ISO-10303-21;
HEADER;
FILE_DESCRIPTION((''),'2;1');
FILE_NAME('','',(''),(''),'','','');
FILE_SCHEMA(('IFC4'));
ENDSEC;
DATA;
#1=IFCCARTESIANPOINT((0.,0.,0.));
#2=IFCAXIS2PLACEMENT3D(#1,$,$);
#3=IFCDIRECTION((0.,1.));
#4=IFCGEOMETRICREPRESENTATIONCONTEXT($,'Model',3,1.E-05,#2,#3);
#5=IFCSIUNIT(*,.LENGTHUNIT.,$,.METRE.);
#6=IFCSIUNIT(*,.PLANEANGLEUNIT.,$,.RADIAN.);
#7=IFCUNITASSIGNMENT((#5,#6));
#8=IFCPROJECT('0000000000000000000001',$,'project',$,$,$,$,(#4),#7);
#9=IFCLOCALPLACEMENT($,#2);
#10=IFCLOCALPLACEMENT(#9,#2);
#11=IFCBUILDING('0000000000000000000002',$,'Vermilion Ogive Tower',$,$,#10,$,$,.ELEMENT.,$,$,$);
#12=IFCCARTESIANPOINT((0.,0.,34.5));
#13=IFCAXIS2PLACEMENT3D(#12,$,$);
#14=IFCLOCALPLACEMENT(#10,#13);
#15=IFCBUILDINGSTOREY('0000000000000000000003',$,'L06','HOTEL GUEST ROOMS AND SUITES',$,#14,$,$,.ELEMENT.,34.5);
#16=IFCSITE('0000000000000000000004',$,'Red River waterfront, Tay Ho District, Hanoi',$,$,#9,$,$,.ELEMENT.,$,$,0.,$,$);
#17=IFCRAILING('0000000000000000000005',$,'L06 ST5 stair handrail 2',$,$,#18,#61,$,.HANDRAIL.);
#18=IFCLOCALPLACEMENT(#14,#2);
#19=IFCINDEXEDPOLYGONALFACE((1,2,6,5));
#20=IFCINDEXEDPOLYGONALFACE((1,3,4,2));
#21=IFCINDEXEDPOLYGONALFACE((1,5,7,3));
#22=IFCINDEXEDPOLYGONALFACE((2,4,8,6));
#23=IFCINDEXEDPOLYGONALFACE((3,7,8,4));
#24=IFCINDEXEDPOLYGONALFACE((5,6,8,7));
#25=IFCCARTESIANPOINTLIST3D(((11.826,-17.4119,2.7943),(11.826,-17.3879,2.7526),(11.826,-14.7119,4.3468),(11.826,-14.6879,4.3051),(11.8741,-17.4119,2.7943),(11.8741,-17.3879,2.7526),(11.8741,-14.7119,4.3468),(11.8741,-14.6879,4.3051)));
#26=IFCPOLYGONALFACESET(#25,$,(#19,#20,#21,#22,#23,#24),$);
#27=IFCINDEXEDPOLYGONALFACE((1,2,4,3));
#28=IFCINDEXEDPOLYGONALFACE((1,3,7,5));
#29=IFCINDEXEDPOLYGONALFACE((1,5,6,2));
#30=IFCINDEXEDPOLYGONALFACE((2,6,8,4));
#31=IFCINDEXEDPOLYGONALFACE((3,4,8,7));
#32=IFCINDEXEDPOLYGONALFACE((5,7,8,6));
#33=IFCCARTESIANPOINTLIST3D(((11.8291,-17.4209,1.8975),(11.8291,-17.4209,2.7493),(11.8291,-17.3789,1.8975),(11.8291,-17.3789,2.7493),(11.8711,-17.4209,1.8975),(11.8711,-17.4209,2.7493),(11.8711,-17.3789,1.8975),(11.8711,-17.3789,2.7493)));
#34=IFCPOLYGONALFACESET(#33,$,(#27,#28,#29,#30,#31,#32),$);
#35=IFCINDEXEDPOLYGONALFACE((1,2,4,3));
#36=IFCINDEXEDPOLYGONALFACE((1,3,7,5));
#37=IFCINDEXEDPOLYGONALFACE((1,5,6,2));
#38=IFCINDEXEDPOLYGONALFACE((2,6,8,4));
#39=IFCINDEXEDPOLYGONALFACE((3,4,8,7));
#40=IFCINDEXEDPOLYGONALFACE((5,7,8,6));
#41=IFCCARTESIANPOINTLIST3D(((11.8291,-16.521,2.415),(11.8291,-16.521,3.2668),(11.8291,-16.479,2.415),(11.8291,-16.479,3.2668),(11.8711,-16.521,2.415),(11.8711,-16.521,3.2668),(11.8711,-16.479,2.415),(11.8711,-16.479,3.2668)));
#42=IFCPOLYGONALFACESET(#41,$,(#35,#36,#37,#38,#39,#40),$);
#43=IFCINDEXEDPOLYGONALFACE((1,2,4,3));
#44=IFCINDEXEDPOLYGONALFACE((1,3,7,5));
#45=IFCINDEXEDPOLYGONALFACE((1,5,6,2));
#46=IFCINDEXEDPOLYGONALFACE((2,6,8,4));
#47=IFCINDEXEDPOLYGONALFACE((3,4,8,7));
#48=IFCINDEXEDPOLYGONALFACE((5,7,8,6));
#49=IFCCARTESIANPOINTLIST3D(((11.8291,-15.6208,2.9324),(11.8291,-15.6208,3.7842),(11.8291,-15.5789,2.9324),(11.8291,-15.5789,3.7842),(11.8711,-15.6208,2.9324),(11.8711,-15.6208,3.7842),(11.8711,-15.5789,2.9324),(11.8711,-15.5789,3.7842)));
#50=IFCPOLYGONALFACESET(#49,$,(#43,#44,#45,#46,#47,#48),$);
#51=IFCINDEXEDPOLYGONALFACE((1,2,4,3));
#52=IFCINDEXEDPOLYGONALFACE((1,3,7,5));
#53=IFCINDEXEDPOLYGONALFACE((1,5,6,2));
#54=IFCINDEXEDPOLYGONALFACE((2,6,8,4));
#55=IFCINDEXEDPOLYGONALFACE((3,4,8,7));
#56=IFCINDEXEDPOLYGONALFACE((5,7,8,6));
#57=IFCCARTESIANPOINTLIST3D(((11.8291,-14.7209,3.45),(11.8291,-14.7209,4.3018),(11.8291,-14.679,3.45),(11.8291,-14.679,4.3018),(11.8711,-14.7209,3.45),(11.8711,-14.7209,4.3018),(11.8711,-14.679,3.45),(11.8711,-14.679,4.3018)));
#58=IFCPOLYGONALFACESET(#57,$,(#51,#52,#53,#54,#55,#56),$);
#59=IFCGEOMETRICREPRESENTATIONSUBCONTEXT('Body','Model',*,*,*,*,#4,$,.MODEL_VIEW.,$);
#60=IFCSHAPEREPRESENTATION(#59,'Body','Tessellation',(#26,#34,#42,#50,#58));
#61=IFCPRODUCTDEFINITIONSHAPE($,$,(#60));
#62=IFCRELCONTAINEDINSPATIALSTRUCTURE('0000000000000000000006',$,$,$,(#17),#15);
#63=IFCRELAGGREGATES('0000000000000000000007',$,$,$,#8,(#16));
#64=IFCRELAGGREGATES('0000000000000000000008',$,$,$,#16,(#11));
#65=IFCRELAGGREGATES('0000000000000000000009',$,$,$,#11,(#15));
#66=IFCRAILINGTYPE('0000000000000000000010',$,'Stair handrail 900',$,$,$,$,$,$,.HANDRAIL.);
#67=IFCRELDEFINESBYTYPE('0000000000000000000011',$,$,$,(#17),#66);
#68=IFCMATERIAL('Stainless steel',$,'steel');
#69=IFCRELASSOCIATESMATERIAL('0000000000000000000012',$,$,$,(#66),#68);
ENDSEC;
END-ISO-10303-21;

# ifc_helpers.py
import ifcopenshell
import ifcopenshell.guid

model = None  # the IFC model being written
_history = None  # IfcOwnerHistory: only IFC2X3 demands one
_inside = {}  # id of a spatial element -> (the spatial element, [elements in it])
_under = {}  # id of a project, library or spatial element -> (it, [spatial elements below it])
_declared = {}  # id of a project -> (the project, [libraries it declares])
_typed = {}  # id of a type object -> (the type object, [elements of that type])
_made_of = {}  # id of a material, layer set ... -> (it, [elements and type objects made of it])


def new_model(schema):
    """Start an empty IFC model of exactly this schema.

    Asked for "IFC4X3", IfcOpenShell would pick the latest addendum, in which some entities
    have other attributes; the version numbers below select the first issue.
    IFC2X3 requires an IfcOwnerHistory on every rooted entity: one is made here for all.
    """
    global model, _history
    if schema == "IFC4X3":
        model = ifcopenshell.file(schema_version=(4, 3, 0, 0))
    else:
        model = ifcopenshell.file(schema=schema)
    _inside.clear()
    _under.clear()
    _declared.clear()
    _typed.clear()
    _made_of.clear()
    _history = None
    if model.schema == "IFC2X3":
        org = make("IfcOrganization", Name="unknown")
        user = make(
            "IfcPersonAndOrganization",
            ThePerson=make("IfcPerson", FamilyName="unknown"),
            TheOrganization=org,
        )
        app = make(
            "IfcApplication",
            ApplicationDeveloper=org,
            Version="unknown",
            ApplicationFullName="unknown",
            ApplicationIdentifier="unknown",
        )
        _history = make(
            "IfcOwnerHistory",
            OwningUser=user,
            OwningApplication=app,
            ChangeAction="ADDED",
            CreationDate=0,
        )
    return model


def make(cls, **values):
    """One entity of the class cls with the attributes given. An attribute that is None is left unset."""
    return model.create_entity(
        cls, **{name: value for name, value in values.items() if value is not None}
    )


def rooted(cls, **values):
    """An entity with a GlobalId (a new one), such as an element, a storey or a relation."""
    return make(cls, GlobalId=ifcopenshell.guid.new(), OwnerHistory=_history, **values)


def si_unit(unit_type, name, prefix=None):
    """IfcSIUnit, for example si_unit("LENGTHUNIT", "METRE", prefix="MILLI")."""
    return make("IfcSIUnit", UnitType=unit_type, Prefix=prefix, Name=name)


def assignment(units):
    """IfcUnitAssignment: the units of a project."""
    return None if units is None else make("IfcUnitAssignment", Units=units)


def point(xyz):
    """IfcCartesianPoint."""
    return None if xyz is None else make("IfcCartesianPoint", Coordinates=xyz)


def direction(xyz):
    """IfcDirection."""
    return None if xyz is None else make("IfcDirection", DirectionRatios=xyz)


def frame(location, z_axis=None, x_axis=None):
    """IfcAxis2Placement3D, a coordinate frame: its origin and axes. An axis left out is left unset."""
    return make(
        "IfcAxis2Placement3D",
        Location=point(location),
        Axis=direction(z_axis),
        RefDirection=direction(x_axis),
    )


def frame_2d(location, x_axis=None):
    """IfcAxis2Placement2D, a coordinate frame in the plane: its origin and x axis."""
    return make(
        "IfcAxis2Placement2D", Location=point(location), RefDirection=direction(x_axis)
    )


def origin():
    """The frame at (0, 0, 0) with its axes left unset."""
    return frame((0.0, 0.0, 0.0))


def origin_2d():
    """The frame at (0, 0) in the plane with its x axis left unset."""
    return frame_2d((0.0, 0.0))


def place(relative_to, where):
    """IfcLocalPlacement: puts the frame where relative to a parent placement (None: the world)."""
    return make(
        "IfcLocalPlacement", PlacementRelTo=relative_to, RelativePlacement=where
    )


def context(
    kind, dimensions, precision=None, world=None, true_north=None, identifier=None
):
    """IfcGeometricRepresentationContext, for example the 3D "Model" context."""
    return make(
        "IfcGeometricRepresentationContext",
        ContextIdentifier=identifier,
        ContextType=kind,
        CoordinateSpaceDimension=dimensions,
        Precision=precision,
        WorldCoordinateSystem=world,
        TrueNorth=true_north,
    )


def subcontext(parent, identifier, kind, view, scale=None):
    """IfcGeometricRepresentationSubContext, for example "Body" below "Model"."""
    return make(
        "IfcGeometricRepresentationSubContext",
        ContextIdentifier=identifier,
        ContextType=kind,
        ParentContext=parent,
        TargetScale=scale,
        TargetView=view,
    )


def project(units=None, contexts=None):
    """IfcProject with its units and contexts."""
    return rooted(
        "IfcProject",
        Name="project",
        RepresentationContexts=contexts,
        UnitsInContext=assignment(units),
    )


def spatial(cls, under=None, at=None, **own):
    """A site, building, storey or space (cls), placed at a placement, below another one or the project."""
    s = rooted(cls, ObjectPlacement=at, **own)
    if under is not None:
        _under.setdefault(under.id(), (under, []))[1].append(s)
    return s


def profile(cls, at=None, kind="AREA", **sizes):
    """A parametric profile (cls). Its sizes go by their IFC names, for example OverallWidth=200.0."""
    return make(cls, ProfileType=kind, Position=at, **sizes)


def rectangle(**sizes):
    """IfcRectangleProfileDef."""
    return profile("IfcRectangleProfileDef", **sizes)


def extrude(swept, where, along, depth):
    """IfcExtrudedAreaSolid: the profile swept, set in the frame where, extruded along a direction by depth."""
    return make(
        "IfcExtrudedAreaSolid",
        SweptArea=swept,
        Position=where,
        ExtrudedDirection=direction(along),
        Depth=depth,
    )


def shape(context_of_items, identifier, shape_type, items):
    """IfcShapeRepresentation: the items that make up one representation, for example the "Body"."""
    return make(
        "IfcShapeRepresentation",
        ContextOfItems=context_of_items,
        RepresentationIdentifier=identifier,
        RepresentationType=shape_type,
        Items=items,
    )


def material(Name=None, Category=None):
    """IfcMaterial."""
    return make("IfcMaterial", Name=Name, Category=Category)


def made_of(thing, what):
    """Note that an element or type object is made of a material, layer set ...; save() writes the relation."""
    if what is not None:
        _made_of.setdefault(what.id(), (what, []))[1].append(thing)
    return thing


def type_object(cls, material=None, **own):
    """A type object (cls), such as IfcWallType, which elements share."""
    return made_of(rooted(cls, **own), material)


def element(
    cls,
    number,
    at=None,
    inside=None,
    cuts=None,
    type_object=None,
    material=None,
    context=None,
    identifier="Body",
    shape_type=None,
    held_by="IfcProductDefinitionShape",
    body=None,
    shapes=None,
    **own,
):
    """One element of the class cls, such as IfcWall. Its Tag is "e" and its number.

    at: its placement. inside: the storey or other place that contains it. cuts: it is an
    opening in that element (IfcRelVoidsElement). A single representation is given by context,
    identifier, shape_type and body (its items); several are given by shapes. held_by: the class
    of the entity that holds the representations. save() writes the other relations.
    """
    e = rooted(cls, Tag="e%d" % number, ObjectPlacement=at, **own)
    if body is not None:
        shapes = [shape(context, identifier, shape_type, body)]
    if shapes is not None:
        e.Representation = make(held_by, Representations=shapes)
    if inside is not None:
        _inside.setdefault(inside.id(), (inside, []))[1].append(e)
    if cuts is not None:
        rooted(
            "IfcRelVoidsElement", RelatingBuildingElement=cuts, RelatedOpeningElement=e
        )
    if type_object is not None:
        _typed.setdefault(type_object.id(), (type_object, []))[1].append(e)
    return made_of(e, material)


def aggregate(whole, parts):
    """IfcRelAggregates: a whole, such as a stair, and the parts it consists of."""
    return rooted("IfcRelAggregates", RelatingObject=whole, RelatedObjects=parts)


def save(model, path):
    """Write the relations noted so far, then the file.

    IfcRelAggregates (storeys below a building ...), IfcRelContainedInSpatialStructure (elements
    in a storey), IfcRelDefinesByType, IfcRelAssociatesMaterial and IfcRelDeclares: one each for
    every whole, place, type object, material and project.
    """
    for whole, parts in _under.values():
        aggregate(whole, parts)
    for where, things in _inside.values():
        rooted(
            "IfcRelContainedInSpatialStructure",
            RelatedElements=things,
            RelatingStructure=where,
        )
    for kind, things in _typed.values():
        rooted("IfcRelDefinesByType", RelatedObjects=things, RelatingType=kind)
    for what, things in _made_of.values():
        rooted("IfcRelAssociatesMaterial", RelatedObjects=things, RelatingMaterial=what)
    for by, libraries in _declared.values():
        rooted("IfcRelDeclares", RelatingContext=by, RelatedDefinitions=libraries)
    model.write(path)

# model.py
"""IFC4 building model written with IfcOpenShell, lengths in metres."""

from ifc_helpers import new_model, si_unit, direction, frame, origin, origin_2d, place, context, subcontext, project, spatial, rectangle, extrude, material, type_object, element, save


model = new_model("IFC4")

# Units and contexts
model_context = context("Model", 3, precision=1e-05, world=origin(), true_north=direction((0.0, 1.0)))
body_context = subcontext(model_context, "Body", "Model", "MODEL_VIEW")
ifc_project = project(units=[si_unit("LENGTHUNIT", "METRE"), si_unit("PLANEANGLEUNIT", "RADIAN")], contexts=[model_context])

# Site, building, storey
site_placement = place(None, origin())
site = spatial("IfcSite", under=ifc_project, at=site_placement, Name="Red River waterfront, Tay Ho District, Hanoi", CompositionType="ELEMENT", RefElevation=0.0)
building_placement = place(site_placement, origin())
building = spatial("IfcBuilding", under=site, at=building_placement, Name="Vermilion Ogive Tower", CompositionType="ELEMENT")
storey_placement = place(building_placement, frame((0.0, 0.0, 34.5)))
storey = spatial("IfcBuildingStorey", under=building, at=storey_placement, Name="L06", Description="HOTEL GUEST ROOMS AND SUITES", CompositionType="ELEMENT", Elevation=34.5)

# Railing
ifc_material_1 = material(Name="Stainless steel", Category="steel")
railing_type_1 = type_object("IfcRailingType", Name="Stair handrail 900", PredefinedType="HANDRAIL", material=ifc_material_1)
railing_1_placement = place(storey_placement, frame((11.8501, -17.3999, 1.8975)))
element("IfcRailing", 1, at=railing_1_placement, inside=storey, type_object=railing_type_1, Name="L06 ST5 stair handrail 2", PredefinedType="HANDRAIL", context=body_context, shape_type="SweptSolid", body=[
    extrude(rectangle(XDim=0.0481, YDim=0.0481, at=origin_2d()), frame((0.0, 0.0, 0.876), z_axis=(0.0, 0.866904, 0.498476), x_axis=(-1.0, 0.0, 0.0)), (0.0, 0.0, 1.0), 3.1145),
    extrude(rectangle(XDim=0.042, YDim=0.042, at=origin_2d()), origin(), (0.0, 0.0, 1.0), 0.8518),
    extrude(rectangle(XDim=0.042, YDim=0.042, at=origin_2d()), frame((0.0, 0.8999, 0.5176)), (0.0, 0.0, 1.0), 0.8518),
    extrude(rectangle(XDim=0.042, YDim=0.042, at=origin_2d()), frame((0.0, 1.8, 1.0349)), (0.0, 0.0, 1.0), 0.8518),
    extrude(rectangle(XDim=0.042, YDim=0.042, at=origin_2d()), frame((0.0, 2.7, 1.5525)), (0.0, 0.0, 1.0), 0.8518),
])

save(model, "model.ifc")
